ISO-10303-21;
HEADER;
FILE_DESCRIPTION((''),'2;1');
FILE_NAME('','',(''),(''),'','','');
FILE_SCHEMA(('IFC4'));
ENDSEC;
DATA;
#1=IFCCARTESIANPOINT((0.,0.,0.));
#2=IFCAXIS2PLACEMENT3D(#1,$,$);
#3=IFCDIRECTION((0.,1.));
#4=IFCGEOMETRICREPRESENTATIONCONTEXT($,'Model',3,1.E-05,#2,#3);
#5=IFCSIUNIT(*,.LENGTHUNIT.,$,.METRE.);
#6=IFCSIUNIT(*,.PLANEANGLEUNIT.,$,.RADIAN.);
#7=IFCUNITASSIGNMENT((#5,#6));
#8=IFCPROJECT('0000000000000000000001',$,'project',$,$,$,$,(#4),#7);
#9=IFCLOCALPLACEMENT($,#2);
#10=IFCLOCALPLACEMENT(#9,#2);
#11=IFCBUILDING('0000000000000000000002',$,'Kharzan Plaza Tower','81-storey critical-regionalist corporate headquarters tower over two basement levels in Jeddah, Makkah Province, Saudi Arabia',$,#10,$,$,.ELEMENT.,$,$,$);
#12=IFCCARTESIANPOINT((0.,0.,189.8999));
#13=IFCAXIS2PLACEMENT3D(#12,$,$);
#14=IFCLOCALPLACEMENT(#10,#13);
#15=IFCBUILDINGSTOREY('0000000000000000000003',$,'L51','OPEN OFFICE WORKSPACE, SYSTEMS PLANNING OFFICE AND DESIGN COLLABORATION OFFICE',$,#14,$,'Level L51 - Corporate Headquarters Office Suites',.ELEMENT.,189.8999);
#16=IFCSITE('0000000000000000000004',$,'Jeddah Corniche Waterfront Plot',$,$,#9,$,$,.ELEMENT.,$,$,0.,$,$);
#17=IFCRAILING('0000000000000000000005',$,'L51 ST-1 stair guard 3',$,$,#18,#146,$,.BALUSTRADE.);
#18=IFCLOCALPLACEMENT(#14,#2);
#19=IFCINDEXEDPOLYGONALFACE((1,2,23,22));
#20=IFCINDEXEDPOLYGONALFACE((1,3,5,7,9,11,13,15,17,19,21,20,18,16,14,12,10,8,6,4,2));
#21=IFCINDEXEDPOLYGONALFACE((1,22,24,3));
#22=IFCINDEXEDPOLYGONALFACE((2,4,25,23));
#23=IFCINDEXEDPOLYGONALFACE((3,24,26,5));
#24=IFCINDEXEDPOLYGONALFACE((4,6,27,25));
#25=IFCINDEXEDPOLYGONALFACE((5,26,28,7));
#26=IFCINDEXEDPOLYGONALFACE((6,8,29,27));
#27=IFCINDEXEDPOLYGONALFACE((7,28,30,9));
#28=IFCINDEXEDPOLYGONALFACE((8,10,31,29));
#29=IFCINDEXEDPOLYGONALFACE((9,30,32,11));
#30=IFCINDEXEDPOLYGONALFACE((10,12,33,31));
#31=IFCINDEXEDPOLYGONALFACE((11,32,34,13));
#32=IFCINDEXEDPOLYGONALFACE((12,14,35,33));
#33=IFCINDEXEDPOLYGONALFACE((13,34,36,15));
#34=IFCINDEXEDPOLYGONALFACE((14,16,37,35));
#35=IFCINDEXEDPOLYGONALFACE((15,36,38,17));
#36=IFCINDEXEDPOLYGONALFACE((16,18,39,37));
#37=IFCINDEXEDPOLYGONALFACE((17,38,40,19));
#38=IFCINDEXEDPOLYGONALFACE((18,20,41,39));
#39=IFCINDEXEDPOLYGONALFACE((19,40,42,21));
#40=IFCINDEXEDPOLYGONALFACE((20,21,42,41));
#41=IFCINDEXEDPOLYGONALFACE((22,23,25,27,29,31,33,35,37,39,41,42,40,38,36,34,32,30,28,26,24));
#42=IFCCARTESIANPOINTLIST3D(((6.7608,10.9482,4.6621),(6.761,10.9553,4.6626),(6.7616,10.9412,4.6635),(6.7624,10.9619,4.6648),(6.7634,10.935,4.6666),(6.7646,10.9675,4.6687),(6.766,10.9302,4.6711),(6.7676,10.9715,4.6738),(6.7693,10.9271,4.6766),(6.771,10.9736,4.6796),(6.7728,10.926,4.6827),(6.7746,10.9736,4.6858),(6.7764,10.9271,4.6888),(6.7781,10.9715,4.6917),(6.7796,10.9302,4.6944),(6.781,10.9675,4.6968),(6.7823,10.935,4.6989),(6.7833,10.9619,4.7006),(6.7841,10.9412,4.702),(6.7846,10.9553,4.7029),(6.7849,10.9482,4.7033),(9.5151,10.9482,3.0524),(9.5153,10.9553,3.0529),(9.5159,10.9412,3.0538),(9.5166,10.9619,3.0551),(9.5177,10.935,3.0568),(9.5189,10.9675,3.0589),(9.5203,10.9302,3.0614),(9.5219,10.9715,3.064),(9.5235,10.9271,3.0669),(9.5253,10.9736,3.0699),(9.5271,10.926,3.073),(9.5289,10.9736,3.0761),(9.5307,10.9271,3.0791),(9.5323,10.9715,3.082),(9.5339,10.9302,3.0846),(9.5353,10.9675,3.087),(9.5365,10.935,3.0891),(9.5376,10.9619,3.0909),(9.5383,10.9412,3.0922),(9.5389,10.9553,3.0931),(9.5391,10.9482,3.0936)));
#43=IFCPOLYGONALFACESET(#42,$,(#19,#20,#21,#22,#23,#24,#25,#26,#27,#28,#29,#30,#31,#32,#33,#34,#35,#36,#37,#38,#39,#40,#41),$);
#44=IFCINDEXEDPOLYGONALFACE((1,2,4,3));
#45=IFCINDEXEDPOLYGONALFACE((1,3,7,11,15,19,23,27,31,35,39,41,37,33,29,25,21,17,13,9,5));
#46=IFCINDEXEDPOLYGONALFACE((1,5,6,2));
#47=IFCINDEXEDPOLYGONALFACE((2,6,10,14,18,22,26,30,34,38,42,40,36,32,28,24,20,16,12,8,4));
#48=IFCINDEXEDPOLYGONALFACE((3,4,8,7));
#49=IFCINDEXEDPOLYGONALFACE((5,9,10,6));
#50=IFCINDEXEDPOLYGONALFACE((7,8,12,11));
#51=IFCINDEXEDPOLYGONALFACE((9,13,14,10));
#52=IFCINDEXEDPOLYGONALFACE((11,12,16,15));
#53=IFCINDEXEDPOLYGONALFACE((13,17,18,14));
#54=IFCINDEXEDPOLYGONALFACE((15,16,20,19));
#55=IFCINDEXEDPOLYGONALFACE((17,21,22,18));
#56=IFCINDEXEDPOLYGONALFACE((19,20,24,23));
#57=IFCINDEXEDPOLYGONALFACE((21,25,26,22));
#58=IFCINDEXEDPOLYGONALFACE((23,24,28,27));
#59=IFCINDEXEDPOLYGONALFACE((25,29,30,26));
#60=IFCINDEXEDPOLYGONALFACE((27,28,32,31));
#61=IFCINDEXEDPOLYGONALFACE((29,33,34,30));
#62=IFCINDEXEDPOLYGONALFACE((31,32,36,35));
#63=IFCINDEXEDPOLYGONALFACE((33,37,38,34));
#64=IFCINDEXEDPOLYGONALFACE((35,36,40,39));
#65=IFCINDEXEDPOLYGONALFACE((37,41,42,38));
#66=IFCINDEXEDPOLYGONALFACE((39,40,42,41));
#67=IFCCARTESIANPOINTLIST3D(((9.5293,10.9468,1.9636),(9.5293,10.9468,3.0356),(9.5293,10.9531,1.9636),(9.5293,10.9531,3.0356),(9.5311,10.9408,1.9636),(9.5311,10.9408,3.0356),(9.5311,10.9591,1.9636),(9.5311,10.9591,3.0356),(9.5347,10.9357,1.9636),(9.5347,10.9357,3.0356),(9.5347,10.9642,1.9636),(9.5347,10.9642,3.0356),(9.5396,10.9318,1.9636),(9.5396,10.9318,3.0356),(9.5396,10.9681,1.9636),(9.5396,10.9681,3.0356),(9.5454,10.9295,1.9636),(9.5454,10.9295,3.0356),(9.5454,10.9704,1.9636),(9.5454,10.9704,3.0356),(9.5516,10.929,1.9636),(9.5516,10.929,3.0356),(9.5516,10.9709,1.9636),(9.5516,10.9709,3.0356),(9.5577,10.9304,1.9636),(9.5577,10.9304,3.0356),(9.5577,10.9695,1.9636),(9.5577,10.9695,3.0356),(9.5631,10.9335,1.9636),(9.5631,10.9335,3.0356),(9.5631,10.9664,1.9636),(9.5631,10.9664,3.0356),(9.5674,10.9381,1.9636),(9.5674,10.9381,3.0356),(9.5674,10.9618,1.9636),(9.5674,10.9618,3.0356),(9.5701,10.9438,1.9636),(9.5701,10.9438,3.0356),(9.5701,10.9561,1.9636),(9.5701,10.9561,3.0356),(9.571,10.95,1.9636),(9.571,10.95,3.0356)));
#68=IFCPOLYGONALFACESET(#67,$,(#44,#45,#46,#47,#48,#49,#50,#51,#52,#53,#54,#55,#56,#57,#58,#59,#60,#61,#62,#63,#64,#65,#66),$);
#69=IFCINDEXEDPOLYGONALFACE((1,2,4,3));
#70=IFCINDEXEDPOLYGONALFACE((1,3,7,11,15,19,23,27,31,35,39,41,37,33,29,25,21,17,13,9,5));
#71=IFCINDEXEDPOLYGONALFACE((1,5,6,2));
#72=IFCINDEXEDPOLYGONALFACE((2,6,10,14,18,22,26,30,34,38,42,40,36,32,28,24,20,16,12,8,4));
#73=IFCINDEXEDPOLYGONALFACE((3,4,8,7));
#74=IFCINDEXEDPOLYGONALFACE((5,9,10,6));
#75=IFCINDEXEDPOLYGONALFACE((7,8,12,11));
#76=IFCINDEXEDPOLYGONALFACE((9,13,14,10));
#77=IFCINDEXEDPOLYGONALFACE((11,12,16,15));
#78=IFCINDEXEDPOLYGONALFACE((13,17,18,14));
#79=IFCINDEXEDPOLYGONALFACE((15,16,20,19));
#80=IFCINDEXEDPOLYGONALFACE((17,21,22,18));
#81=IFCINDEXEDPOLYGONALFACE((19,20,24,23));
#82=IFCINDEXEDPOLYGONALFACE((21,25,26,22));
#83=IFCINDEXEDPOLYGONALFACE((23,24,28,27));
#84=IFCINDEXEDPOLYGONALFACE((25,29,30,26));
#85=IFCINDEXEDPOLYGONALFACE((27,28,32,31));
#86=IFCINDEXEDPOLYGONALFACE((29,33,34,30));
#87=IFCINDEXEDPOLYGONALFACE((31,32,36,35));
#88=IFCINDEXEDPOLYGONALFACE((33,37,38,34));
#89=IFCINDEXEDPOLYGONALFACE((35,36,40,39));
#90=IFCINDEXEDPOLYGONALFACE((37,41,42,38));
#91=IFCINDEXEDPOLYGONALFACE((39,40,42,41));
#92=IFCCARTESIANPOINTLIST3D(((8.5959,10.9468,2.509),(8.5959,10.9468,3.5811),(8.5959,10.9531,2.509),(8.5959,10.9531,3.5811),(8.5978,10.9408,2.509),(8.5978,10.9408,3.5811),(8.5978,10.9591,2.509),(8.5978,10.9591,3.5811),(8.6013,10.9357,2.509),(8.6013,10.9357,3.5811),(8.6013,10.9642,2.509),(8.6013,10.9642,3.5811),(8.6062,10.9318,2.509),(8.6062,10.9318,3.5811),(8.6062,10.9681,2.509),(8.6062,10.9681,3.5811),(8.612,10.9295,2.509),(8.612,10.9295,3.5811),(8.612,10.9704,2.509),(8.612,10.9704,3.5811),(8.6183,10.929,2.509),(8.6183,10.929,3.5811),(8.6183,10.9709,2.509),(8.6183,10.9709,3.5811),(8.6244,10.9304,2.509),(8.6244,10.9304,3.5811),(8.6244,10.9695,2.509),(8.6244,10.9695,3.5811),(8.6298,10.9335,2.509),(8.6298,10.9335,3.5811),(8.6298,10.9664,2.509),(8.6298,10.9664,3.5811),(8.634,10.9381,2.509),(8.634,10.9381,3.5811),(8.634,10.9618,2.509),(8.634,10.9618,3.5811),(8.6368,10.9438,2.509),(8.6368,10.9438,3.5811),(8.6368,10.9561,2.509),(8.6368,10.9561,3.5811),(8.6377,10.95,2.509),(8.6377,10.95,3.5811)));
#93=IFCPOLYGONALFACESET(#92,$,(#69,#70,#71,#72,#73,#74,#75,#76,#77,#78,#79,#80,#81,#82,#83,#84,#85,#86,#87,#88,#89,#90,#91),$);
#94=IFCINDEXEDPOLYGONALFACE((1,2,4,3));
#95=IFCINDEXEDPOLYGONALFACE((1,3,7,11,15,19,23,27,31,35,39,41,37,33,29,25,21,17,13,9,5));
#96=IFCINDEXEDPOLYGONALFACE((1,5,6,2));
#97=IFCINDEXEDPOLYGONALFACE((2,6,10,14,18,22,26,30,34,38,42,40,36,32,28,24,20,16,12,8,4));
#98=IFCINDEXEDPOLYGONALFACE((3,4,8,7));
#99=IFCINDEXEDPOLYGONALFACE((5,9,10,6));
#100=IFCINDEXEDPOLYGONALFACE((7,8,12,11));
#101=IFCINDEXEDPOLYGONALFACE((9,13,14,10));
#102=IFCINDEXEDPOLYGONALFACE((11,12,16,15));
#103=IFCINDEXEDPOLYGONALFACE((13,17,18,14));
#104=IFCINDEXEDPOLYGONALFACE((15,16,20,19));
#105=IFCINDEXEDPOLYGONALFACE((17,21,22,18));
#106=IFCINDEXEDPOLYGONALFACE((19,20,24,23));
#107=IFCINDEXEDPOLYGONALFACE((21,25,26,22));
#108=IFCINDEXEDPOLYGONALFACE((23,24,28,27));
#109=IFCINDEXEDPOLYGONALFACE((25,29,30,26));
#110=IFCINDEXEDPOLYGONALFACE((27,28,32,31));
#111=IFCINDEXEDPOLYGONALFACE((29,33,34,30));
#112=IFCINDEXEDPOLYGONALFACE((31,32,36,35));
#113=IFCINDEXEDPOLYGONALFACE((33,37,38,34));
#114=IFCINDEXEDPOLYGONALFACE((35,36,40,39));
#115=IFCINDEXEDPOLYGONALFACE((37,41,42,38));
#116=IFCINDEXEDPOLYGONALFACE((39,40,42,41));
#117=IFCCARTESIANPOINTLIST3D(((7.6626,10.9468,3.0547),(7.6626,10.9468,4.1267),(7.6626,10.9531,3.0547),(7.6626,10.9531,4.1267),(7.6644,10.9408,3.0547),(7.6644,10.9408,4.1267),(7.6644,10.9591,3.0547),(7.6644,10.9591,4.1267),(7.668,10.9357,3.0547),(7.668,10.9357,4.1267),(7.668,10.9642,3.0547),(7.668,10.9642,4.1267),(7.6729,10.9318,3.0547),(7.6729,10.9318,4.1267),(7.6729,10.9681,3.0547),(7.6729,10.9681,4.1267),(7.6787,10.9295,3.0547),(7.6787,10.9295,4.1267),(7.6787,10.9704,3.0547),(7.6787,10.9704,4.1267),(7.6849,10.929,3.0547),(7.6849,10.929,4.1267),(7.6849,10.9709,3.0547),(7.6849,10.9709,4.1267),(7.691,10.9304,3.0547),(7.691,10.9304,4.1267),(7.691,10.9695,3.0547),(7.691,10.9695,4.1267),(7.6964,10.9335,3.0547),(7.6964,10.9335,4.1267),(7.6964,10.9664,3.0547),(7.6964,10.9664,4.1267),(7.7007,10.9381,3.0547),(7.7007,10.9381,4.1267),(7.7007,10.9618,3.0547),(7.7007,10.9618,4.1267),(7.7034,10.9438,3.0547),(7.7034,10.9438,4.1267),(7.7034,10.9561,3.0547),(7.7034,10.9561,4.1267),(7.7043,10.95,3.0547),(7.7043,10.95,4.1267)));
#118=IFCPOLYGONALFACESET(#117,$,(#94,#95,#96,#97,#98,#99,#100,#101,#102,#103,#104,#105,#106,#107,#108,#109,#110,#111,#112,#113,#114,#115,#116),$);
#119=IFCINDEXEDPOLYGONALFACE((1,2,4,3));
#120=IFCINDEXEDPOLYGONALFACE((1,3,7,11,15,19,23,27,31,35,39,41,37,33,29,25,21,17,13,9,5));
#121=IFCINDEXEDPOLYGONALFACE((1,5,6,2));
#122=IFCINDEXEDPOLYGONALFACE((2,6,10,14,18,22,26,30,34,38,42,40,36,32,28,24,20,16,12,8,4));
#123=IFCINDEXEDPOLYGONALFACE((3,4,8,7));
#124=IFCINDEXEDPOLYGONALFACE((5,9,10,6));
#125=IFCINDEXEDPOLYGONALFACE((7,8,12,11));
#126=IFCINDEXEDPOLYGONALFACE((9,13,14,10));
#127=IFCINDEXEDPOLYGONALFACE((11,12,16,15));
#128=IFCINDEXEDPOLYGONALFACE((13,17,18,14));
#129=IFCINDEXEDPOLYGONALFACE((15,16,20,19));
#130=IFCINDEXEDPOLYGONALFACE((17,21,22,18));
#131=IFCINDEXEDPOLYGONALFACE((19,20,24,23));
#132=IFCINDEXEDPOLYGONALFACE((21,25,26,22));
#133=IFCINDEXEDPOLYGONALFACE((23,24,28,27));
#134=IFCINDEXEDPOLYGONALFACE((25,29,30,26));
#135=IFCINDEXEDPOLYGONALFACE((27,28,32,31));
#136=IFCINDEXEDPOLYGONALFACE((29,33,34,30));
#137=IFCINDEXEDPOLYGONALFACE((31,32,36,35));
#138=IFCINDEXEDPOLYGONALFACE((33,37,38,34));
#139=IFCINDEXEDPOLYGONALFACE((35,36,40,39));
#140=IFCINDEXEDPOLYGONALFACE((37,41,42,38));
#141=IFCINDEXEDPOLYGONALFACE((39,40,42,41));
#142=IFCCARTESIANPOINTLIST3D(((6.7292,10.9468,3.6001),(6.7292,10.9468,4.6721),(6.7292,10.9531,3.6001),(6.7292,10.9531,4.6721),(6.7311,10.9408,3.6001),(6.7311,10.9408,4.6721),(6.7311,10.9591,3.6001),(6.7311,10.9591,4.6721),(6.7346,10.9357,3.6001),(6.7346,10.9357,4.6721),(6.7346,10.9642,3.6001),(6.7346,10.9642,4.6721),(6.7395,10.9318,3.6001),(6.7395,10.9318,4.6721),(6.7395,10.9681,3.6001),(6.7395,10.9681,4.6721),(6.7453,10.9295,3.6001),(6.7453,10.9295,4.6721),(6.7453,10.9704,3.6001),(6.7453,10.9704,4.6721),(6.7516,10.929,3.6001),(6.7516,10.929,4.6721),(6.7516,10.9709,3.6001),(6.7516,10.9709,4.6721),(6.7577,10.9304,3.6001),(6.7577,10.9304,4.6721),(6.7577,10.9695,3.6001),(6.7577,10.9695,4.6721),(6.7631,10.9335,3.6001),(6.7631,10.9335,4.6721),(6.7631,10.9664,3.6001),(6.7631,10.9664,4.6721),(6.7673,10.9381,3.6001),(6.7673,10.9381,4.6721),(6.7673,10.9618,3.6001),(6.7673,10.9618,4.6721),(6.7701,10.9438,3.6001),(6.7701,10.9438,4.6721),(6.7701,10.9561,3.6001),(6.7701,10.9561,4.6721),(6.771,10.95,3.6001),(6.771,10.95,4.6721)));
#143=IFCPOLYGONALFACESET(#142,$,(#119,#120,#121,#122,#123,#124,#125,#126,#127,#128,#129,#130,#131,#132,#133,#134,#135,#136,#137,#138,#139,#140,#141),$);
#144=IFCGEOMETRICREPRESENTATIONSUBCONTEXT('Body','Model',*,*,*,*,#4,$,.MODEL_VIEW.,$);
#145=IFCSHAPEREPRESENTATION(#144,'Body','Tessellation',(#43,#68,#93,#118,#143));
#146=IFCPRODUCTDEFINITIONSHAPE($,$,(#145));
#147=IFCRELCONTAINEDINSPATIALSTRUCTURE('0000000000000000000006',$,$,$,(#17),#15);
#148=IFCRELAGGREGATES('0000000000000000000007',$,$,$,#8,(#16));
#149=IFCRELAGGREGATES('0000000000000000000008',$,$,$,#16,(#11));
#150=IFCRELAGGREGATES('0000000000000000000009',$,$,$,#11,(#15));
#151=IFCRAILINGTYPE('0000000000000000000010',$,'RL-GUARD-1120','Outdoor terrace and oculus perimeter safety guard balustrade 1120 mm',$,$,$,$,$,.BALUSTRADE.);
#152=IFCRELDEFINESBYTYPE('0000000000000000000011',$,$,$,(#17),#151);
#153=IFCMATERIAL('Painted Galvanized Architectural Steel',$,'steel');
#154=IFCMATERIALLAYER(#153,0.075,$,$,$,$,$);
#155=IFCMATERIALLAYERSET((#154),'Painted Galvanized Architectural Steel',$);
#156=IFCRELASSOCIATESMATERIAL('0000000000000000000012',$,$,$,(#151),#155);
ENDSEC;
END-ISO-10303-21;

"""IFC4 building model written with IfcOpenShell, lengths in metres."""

from ifc_helpers import new_model, si_unit, direction, frame, origin, origin_2d, place, context, subcontext, project, spatial, circle, extrude, source, transform, mapped, material, layer, layer_set, type_object, element, save


model = new_model("IFC4")

# Units and contexts
model_context = context("Model", 3, precision=1e-05, world=origin(), true_north=direction((0.0, 1.0)))
body_context = subcontext(model_context, "Body", "Model", "MODEL_VIEW")
ifc_project = project(units=[si_unit("LENGTHUNIT", "METRE"), si_unit("PLANEANGLEUNIT", "RADIAN")], contexts=[model_context])

# Site, building, storey
site_placement = place(None, origin())
site = spatial("IfcSite", under=ifc_project, at=site_placement, Name="Jeddah Corniche Waterfront Plot", CompositionType="ELEMENT", RefElevation=0.0)
building_placement = place(site_placement, origin())
building = spatial("IfcBuilding", under=site, at=building_placement, Name="Kharzan Plaza Tower", Description="81-storey critical-regionalist corporate headquarters tower over two basement levels in Jeddah, Makkah Province, Saudi Arabia", CompositionType="ELEMENT")
storey_placement = place(building_placement, frame((0.0, 0.0, 189.8999)))
storey = spatial("IfcBuildingStorey", under=building, at=storey_placement, Name="L51", Description="OPEN OFFICE WORKSPACE, SYSTEMS PLANNING OFFICE AND DESIGN COLLABORATION OFFICE", LongName="Level L51 - Corporate Headquarters Office Suites", CompositionType="ELEMENT", Elevation=189.8999)

# Railing
ifc_material_1 = material(Name="Painted Galvanized Architectural Steel", Category="steel")
ifc_layer_1 = layer(ifc_material_1, 0.075)
ifc_layer_set_1 = layer_set([ifc_layer_1], Name="Painted Galvanized Architectural Steel")
railing_type_1 = type_object("IfcRailingType", Name="RL-GUARD-1120", Description="Outdoor terrace and oculus perimeter safety guard balustrade 1120 mm", PredefinedType="BALUSTRADE", material=ifc_layer_set_1)
shared_shape_1 = source(origin(), body_context, "Body", "SweptSolid", [
    extrude(circle(Radius=0.0239, at=origin_2d()), frame((-0.0229, 0.0, 1.1094), z_axis=(-0.863361, 0.0, 0.504587), x_axis=(0.0, -1.0, 0.0)), (0.0, 0.0, 1.0), 3.1902),
    extrude(circle(Radius=0.021, at=origin_2d()), origin(), (0.0, 0.0, 1.0), 1.072),
    extrude(circle(Radius=0.021, at=origin_2d()), frame((-0.9333, 0.0, 0.5454)), (0.0, 0.0, 1.0), 1.072),
    extrude(circle(Radius=0.021, at=origin_2d()), frame((-1.8667, 0.0, 1.0911)), (0.0, 0.0, 1.0), 1.072),
    extrude(circle(Radius=0.021, at=origin_2d()), frame((-2.8, 0.0, 1.6365)), (0.0, 0.0, 1.0), 1.072),
])
railing_1_placement = place(storey_placement, frame((9.55, 10.95, 1.9636)))
element("IfcRailing", 1, at=railing_1_placement, inside=storey, type_object=railing_type_1, Name="L51 ST-1 stair guard 3", PredefinedType="BALUSTRADE", context=body_context, shape_type="MappedRepresentation", body=[
    mapped(shared_shape_1, transform((0.0, 0.0, 0.0), x_axis=(1.0, 0.0, 0.0), y_axis=(0.0, 1.0, 0.0), z_axis=(0.0, 0.0, 1.0))),
])

save(model, "model.ifc")
